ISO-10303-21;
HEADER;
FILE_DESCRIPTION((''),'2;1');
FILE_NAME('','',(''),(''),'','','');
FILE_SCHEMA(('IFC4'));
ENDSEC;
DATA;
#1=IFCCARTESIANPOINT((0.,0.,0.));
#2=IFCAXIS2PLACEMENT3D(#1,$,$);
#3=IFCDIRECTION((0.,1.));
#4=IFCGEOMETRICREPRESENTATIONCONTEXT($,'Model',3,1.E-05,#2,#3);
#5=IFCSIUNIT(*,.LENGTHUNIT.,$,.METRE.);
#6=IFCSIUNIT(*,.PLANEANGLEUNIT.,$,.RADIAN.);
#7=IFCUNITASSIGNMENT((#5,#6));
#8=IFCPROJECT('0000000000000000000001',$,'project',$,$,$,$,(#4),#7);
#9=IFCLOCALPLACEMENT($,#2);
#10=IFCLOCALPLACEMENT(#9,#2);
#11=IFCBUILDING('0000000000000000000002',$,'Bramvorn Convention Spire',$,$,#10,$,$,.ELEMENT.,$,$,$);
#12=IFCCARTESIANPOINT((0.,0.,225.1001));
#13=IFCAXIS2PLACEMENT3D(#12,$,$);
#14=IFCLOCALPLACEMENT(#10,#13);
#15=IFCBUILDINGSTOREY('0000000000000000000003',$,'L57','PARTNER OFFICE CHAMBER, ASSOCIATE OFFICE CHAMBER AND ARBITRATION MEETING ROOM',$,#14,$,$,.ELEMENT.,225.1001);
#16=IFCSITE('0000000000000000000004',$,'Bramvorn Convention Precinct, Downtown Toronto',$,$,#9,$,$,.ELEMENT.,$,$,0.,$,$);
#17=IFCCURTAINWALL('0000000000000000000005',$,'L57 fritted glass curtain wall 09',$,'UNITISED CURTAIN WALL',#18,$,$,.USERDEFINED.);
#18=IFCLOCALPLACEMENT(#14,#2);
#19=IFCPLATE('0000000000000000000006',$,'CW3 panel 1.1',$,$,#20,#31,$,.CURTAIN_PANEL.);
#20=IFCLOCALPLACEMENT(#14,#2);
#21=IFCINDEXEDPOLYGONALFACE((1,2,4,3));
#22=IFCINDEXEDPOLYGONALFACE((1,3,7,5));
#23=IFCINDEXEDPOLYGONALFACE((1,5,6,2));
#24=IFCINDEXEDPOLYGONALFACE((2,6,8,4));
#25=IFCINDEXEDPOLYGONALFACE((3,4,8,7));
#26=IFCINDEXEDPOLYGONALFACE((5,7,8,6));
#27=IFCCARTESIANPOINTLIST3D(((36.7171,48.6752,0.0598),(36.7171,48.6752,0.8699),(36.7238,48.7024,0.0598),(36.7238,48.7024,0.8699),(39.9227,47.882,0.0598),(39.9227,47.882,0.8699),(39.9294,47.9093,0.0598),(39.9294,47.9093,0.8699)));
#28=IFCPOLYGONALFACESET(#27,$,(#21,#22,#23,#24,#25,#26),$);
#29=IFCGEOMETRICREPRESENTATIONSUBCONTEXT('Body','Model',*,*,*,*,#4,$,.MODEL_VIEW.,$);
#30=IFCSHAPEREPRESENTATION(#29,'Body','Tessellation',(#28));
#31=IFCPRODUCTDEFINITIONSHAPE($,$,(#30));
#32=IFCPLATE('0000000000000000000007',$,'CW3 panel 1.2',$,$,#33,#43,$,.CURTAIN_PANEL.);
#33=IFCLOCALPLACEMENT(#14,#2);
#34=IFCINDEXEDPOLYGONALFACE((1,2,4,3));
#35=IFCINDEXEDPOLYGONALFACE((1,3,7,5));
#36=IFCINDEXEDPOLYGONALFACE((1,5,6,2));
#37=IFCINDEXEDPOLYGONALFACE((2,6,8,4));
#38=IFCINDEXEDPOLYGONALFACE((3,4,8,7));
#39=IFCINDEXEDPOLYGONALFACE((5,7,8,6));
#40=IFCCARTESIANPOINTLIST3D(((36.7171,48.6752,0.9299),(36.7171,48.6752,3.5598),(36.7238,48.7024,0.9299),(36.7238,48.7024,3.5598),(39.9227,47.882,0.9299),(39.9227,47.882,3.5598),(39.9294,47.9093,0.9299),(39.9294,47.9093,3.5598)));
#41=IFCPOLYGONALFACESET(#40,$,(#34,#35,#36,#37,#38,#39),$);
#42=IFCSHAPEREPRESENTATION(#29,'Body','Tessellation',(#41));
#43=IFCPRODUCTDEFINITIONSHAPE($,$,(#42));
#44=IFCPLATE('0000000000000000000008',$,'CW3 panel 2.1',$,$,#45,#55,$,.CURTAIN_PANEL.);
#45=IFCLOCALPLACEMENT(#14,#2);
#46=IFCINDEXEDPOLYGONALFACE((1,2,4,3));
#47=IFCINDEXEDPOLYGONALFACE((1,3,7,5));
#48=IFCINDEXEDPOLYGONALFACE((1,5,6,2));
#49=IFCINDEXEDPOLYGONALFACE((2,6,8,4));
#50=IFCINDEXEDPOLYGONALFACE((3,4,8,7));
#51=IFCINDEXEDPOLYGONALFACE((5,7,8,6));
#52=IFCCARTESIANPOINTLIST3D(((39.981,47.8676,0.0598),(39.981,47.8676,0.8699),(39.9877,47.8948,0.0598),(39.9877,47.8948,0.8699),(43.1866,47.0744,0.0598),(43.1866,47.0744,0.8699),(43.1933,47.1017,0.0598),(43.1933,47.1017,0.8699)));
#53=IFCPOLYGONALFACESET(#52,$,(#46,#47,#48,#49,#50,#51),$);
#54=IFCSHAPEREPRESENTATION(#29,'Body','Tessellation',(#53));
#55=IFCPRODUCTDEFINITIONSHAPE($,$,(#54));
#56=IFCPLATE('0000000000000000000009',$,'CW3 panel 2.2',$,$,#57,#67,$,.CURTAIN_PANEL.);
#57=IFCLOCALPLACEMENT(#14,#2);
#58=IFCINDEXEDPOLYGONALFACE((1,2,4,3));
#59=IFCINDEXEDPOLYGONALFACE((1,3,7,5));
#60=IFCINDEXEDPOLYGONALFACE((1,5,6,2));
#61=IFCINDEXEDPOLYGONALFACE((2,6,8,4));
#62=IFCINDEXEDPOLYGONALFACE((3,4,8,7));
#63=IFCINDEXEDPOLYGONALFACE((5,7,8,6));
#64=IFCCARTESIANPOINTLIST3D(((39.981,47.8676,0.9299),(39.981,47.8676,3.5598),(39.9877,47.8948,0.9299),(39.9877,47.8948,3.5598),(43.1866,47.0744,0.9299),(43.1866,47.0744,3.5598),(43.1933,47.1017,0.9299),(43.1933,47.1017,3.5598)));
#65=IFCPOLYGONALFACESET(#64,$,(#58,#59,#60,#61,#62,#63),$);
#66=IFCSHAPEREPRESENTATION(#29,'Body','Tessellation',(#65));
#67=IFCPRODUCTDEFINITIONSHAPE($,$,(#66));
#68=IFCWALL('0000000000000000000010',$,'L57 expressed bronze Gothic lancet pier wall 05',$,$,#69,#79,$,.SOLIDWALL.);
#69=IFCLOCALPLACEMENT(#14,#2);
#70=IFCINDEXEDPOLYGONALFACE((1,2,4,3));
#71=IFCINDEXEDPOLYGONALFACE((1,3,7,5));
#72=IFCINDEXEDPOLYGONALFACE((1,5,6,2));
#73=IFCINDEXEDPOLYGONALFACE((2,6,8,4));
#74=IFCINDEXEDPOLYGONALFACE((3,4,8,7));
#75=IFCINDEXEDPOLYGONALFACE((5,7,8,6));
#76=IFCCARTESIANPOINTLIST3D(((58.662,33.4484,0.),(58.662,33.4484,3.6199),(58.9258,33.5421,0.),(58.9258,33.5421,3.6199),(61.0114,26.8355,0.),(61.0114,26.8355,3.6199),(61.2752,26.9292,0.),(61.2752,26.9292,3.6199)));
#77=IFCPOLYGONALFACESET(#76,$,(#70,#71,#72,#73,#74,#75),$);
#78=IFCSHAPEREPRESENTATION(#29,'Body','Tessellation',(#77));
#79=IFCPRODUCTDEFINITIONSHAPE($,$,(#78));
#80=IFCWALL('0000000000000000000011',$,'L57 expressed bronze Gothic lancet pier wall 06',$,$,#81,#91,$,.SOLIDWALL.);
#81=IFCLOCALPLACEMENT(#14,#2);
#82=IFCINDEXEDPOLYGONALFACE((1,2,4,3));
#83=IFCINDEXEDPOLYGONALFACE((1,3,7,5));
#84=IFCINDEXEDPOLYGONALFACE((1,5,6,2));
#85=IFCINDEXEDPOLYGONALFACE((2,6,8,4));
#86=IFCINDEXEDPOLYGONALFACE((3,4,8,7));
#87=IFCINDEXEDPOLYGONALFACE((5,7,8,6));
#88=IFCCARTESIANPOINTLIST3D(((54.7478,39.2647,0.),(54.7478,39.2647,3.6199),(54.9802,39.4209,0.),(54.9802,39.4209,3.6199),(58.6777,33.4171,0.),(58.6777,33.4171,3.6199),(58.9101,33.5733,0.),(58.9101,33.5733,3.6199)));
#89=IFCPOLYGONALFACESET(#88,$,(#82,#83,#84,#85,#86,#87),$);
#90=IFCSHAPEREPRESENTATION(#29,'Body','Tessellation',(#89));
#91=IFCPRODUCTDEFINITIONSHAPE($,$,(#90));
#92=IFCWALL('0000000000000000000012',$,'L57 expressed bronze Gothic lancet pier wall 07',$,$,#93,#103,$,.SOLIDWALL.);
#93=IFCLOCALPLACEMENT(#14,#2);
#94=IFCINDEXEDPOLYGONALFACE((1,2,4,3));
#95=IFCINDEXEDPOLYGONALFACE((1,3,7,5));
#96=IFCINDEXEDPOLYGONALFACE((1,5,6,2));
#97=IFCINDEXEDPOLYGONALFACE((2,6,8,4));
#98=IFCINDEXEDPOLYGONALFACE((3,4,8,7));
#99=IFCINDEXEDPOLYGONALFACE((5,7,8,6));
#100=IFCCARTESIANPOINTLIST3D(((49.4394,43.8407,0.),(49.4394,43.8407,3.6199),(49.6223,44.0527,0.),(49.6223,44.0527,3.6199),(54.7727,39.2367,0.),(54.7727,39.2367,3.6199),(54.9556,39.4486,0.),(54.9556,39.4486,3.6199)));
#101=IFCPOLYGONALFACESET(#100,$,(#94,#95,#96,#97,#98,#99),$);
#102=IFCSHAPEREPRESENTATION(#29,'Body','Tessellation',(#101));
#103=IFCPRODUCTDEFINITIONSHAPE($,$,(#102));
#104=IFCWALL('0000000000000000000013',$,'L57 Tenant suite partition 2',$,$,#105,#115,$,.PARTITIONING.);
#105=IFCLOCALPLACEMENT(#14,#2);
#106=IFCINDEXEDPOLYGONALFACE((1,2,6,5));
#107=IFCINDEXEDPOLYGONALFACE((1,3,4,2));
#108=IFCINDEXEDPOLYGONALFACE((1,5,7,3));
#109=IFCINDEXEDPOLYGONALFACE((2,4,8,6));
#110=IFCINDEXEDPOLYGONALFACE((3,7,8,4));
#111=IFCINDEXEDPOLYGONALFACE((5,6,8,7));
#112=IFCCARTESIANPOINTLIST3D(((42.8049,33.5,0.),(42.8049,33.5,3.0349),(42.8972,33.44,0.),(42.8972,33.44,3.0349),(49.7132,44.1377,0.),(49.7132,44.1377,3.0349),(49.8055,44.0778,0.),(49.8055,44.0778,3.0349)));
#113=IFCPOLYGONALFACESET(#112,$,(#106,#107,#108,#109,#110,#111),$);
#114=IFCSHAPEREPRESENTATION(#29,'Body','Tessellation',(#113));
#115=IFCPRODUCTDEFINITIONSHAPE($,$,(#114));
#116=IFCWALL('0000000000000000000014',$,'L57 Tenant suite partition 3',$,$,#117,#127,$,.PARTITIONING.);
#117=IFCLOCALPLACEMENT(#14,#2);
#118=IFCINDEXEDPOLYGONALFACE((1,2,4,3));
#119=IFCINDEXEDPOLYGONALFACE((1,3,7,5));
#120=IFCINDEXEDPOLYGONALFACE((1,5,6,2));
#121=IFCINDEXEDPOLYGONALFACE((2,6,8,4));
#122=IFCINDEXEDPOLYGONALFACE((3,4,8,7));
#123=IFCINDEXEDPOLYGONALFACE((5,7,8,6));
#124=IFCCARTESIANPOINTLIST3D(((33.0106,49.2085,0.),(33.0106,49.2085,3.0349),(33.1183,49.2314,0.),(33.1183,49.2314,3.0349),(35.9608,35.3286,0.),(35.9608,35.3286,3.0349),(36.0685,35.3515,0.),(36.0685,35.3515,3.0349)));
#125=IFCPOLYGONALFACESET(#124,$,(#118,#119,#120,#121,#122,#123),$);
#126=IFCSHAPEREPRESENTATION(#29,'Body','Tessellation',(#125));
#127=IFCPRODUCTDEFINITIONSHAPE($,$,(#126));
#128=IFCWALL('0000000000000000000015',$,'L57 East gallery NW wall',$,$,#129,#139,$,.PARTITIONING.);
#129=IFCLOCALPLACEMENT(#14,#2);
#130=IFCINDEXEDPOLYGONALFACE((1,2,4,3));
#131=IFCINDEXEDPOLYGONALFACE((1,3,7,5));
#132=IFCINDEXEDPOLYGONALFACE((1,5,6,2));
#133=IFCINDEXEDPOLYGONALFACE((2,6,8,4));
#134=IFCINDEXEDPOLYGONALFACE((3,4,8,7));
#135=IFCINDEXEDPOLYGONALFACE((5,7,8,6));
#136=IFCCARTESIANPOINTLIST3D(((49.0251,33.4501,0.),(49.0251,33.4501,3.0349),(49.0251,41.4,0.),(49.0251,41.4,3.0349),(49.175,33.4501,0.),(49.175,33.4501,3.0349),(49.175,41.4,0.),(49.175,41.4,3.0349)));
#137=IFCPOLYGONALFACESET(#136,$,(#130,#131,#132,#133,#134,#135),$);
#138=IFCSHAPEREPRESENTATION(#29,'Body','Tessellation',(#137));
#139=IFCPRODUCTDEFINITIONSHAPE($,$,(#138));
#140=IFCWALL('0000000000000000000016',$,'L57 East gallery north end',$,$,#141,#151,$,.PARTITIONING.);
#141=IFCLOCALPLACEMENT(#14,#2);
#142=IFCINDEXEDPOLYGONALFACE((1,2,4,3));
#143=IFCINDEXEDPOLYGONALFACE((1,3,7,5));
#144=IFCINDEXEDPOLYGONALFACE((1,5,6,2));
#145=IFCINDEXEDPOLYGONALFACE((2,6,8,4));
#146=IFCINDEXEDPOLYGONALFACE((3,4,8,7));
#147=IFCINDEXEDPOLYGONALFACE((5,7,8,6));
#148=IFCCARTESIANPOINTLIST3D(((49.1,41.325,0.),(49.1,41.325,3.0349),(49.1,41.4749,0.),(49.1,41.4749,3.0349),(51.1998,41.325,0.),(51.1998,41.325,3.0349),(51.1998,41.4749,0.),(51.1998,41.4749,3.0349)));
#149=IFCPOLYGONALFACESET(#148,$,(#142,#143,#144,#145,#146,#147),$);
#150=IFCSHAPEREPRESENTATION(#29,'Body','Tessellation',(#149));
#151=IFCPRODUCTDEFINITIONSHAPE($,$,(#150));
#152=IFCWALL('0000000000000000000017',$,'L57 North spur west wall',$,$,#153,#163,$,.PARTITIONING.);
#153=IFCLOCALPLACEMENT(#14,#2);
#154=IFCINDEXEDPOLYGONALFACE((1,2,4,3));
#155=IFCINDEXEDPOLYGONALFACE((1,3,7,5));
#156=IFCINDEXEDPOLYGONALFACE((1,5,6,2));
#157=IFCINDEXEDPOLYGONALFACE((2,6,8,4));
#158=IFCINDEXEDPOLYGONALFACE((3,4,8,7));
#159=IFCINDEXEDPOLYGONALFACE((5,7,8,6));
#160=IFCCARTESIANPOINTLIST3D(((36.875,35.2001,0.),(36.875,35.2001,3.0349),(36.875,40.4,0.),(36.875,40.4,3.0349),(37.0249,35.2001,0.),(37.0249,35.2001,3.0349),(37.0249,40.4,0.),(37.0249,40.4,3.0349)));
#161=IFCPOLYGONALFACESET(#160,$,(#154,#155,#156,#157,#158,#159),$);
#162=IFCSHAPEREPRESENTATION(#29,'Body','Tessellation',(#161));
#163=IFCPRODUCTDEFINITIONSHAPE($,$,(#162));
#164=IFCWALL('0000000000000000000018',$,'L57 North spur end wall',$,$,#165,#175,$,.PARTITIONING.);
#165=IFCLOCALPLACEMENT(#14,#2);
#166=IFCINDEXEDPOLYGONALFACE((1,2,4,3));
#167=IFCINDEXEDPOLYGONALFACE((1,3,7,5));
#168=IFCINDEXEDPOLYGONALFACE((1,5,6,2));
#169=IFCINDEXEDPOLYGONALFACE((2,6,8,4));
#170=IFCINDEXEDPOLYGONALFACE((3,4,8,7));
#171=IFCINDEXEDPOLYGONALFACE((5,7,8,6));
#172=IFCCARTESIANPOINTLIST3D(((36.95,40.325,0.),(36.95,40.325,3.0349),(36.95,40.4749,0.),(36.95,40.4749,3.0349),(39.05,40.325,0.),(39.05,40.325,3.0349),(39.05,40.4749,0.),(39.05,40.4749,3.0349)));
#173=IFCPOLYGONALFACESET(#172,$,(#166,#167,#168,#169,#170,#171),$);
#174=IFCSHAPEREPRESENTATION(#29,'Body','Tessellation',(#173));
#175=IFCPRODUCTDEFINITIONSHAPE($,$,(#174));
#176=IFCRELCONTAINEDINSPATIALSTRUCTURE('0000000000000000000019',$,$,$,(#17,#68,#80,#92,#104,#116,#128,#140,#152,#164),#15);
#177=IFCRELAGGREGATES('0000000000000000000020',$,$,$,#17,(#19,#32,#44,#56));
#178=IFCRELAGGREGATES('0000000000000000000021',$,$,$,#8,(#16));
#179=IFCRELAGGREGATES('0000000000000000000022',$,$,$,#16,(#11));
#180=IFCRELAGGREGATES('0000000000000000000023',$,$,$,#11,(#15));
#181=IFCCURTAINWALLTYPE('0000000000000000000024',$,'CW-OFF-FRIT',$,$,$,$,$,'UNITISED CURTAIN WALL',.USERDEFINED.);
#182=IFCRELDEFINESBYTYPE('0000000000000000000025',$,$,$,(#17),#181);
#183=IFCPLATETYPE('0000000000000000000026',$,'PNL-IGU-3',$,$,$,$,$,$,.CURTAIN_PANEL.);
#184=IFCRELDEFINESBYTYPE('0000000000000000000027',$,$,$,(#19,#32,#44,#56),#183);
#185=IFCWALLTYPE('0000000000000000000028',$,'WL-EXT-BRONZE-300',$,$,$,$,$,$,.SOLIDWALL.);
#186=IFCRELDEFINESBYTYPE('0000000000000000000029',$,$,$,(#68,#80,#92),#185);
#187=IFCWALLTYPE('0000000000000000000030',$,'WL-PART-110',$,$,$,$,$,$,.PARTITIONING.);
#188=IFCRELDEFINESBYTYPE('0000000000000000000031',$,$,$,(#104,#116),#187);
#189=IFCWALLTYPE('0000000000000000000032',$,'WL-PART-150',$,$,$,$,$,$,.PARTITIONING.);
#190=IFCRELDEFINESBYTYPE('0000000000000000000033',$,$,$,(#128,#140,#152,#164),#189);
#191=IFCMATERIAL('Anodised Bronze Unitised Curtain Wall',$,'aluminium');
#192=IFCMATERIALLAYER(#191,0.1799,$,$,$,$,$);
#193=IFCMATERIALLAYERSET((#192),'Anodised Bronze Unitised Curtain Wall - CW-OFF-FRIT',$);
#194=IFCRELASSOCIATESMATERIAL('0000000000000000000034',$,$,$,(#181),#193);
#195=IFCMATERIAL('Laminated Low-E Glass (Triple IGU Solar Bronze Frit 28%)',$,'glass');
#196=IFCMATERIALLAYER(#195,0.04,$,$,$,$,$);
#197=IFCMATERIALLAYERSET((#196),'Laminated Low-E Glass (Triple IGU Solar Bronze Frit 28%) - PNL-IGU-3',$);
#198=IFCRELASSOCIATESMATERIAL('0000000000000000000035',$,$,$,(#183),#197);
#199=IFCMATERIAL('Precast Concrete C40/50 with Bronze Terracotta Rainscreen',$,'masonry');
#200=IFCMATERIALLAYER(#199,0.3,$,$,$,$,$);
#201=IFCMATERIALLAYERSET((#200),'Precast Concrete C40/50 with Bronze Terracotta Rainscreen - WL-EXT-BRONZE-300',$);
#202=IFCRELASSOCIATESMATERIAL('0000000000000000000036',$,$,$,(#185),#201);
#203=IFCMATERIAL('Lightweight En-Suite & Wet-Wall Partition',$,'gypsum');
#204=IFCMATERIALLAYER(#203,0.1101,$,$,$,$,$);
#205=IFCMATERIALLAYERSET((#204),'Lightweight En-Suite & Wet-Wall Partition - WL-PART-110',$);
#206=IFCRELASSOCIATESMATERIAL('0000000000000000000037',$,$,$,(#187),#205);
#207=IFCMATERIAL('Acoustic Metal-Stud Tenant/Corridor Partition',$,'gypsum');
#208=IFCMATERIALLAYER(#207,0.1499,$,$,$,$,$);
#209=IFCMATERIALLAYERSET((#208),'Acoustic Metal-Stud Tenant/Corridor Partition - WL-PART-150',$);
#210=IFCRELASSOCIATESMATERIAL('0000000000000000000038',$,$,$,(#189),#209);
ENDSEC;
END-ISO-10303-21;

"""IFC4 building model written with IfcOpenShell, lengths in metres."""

from ifc_helpers import new_model, si_unit, direction, frame, frame_2d, origin, origin_2d, place, context, subcontext, project, spatial, rectangle, extrude, material, layer, layer_set, type_object, element, aggregate, save


model = new_model("IFC4")

# Units and contexts
model_context = context("Model", 3, precision=1e-05, world=origin(), true_north=direction((0.0, 1.0)))
body_context = subcontext(model_context, "Body", "Model", "MODEL_VIEW")
ifc_project = project(units=[si_unit("LENGTHUNIT", "METRE"), si_unit("PLANEANGLEUNIT", "RADIAN")], contexts=[model_context])

# Site, building, storey
site_placement = place(None, origin())
site = spatial("IfcSite", under=ifc_project, at=site_placement, Name="Bramvorn Convention Precinct, Downtown Toronto", CompositionType="ELEMENT", RefElevation=0.0)
building_placement = place(site_placement, origin())
building = spatial("IfcBuilding", under=site, at=building_placement, Name="Bramvorn Convention Spire", CompositionType="ELEMENT")
storey_placement = place(building_placement, frame((0.0, 0.0, 225.1001)))
storey = spatial("IfcBuildingStorey", under=building, at=storey_placement, Name="L57", Description="PARTNER OFFICE CHAMBER, ASSOCIATE OFFICE CHAMBER AND ARBITRATION MEETING ROOM", CompositionType="ELEMENT", Elevation=225.1001)

# Curtain wall
ifc_material_1 = material(Name="Anodised Bronze Unitised Curtain Wall", Category="aluminium")
ifc_layer_1 = layer(ifc_material_1, 0.1799)
ifc_layer_set_1 = layer_set([ifc_layer_1], Name="Anodised Bronze Unitised Curtain Wall - CW-OFF-FRIT")
curtain_wall_type = type_object("IfcCurtainWallType", Name="CW-OFF-FRIT", ElementType="UNITISED CURTAIN WALL", PredefinedType="USERDEFINED", material=ifc_layer_set_1)
curtain_wall_1_placement = place(storey_placement, origin())
curtain_wall_1 = element("IfcCurtainWall", 1, at=curtain_wall_1_placement, inside=storey, type_object=curtain_wall_type, Name="L57 fritted glass curtain wall 09", ObjectType="UNITISED CURTAIN WALL", PredefinedType="USERDEFINED")

# Plates
ifc_material_2 = material(Name="Laminated Low-E Glass (Triple IGU Solar Bronze Frit 28%)", Category="glass")
ifc_layer_2 = layer(ifc_material_2, 0.04)
ifc_layer_set_2 = layer_set([ifc_layer_2], Name="Laminated Low-E Glass (Triple IGU Solar Bronze Frit 28%) - PNL-IGU-3")
plate_type = type_object("IfcPlateType", Name="PNL-IGU-3", PredefinedType="CURTAIN_PANEL", material=ifc_layer_set_2)
plate_1_placement = place(storey_placement, frame((38.3232, 48.2922, 0.0598), z_axis=(0.0, 0.0, 1.0), x_axis=(0.970728, -0.24018, 0.0)))
plate_1 = element("IfcPlate", 2, at=plate_1_placement, type_object=plate_type, Name="CW3 panel 1.1", PredefinedType="CURTAIN_PANEL", context=body_context, shape_type="SweptSolid", body=[
    extrude(rectangle(XDim=3.3022, YDim=0.0281, at=origin_2d()), origin(), (0.0, 0.0, 1.0), 0.8101),
])
plate_2_placement = place(storey_placement, frame((38.3232, 48.2922, 0.9299), z_axis=(0.0, 0.0, 1.0), x_axis=(0.970728, -0.24018, 0.0)))
plate_2 = element("IfcPlate", 3, at=plate_2_placement, type_object=plate_type, Name="CW3 panel 1.2", PredefinedType="CURTAIN_PANEL", context=body_context, shape_type="SweptSolid", body=[
    extrude(rectangle(XDim=3.3022, YDim=0.0281, at=origin_2d()), origin(), (0.0, 0.0, 1.0), 2.6299),
])
plate_3_placement = place(storey_placement, frame((41.5872, 47.4846, 0.0598), z_axis=(0.0, 0.0, 1.0), x_axis=(0.970728, -0.24018, 0.0)))
plate_3 = element("IfcPlate", 4, at=plate_3_placement, type_object=plate_type, Name="CW3 panel 2.1", PredefinedType="CURTAIN_PANEL", context=body_context, shape_type="SweptSolid", body=[
    extrude(rectangle(XDim=3.3022, YDim=0.0281, at=origin_2d()), origin(), (0.0, 0.0, 1.0), 0.8101),
])
plate_4_placement = place(storey_placement, frame((41.5872, 47.4846, 0.9299), z_axis=(0.0, 0.0, 1.0), x_axis=(0.970728, -0.24018, 0.0)))
plate_4 = element("IfcPlate", 5, at=plate_4_placement, type_object=plate_type, Name="CW3 panel 2.2", PredefinedType="CURTAIN_PANEL", context=body_context, shape_type="SweptSolid", body=[
    extrude(rectangle(XDim=3.3022, YDim=0.0281, at=origin_2d()), origin(), (0.0, 0.0, 1.0), 2.6299),
])
aggregate(curtain_wall_1, [plate_1, plate_2, plate_3, plate_4])

# Walls
ifc_material_3 = material(Name="Precast Concrete C40/50 with Bronze Terracotta Rainscreen", Category="masonry")
ifc_layer_3 = layer(ifc_material_3, 0.3)
ifc_layer_set_3 = layer_set([ifc_layer_3], Name="Precast Concrete C40/50 with Bronze Terracotta Rainscreen - WL-EXT-BRONZE-300")
wall_type_1 = type_object("IfcWallType", Name="WL-EXT-BRONZE-300", PredefinedType="SOLIDWALL", material=ifc_layer_set_3)
wall_1_placement = place(storey_placement, frame((58.7939, 33.4951, 0.0), z_axis=(0.0, 0.0, 1.0), x_axis=(0.334776, -0.942298, 0.0)))
element("IfcWall", 6, at=wall_1_placement, inside=storey, type_object=wall_type_1, Name="L57 expressed bronze Gothic lancet pier wall 05", PredefinedType="SOLIDWALL", context=body_context, shape_type="SweptSolid", body=[
    extrude(rectangle(XDim=7.0178, YDim=0.28, at=frame_2d((3.5088, 0.0))), origin(), (0.0, 0.0, 1.0), 3.6199),
])
wall_2_placement = place(storey_placement, frame((54.864, 39.3428, 0.0), z_axis=(0.0, 0.0, 1.0), x_axis=(0.557791, -0.829981, 0.0)))
element("IfcWall", 7, at=wall_2_placement, inside=storey, type_object=wall_type_1, Name="L57 expressed bronze Gothic lancet pier wall 06", PredefinedType="SOLIDWALL", context=body_context, shape_type="SweptSolid", body=[
    extrude(rectangle(XDim=7.0454, YDim=0.28, at=frame_2d((3.5227, 0.0))), origin(), (0.0, 0.0, 1.0), 3.6199),
])
wall_3_placement = place(storey_placement, frame((49.5308, 43.9468, 0.0), z_axis=(0.0, 0.0, 1.0), x_axis=(0.756962, -0.653458, 0.0)))
element("IfcWall", 8, at=wall_3_placement, inside=storey, type_object=wall_type_1, Name="L57 expressed bronze Gothic lancet pier wall 07", PredefinedType="SOLIDWALL", context=body_context, shape_type="SweptSolid", body=[
    extrude(rectangle(XDim=7.0457, YDim=0.28, at=frame_2d((3.5229, 0.0))), origin(), (0.0, 0.0, 1.0), 3.6199),
])
ifc_material_4 = material(Name="Lightweight En-Suite & Wet-Wall Partition", Category="gypsum")
ifc_layer_4 = layer(ifc_material_4, 0.1101)
ifc_layer_set_4 = layer_set([ifc_layer_4], Name="Lightweight En-Suite & Wet-Wall Partition - WL-PART-110")
wall_type_2 = type_object("IfcWallType", Name="WL-PART-110", PredefinedType="PARTITIONING", material=ifc_layer_set_4)
wall_4_placement = place(storey_placement, frame((42.8511, 33.47, 0.0), z_axis=(0.0, 0.0, 1.0), x_axis=(0.544639, 0.83867, 0.0)))
element("IfcWall", 9, at=wall_4_placement, inside=storey, type_object=wall_type_2, Name="L57 Tenant suite partition 2", PredefinedType="PARTITIONING", context=body_context, shape_type="SweptSolid", body=[
    extrude(rectangle(XDim=12.6841, YDim=0.1101, at=frame_2d((6.342, 0.0))), origin(), (0.0, 0.0, 1.0), 3.0349),
])
wall_5_placement = place(storey_placement, frame((36.0146, 35.3401, 0.0), z_axis=(0.0, 0.0, 1.0), x_axis=(-0.207907, 0.978149, 0.0)))
element("IfcWall", 10, at=wall_5_placement, inside=storey, type_object=wall_type_2, Name="L57 Tenant suite partition 3", PredefinedType="PARTITIONING", context=body_context, shape_type="SweptSolid", body=[
    extrude(rectangle(XDim=14.1899, YDim=0.1101, at=frame_2d((7.095, 0.0))), origin(), (0.0, 0.0, 1.0), 3.0349),
])
ifc_material_5 = material(Name="Acoustic Metal-Stud Tenant/Corridor Partition", Category="gypsum")
ifc_layer_5 = layer(ifc_material_5, 0.1499)
ifc_layer_set_5 = layer_set([ifc_layer_5], Name="Acoustic Metal-Stud Tenant/Corridor Partition - WL-PART-150")
wall_type_3 = type_object("IfcWallType", Name="WL-PART-150", PredefinedType="PARTITIONING", material=ifc_layer_set_5)
wall_6_placement = place(storey_placement, frame((49.1001, 33.45, 0.0), z_axis=(0.0, 0.0, 1.0), x_axis=(0.0, 1.0, 0.0)))
element("IfcWall", 11, at=wall_6_placement, inside=storey, type_object=wall_type_3, Name="L57 East gallery NW wall", PredefinedType="PARTITIONING", context=body_context, shape_type="SweptSolid", body=[
    extrude(rectangle(XDim=7.95, YDim=0.1499, at=frame_2d((3.9751, 0.0))), origin(), (0.0, 0.0, 1.0), 3.0349),
])
wall_7_placement = place(storey_placement, frame((49.1001, 41.3999, 0.0), z_axis=(0.0, 0.0, 1.0), x_axis=(1.0, 0.0, 0.0)))
element("IfcWall", 12, at=wall_7_placement, inside=storey, type_object=wall_type_3, Name="L57 East gallery north end", PredefinedType="PARTITIONING", context=body_context, shape_type="SweptSolid", body=[
    extrude(rectangle(XDim=2.0999, YDim=0.1499, at=frame_2d((1.0498, 0.0))), origin(), (0.0, 0.0, 1.0), 3.0349),
])
wall_8_placement = place(storey_placement, frame((36.95, 35.2, 0.0), z_axis=(0.0, 0.0, 1.0), x_axis=(0.0, 1.0, 0.0)))
element("IfcWall", 13, at=wall_8_placement, inside=storey, type_object=wall_type_3, Name="L57 North spur west wall", PredefinedType="PARTITIONING", context=body_context, shape_type="SweptSolid", body=[
    extrude(rectangle(XDim=5.2, YDim=0.1499, at=frame_2d((2.6001, 0.0))), origin(), (0.0, 0.0, 1.0), 3.0349),
])
wall_9_placement = place(storey_placement, frame((36.95, 40.3999, 0.0), z_axis=(0.0, 0.0, 1.0), x_axis=(1.0, 0.0, 0.0)))
element("IfcWall", 14, at=wall_9_placement, inside=storey, type_object=wall_type_3, Name="L57 North spur end wall", PredefinedType="PARTITIONING", context=body_context, shape_type="SweptSolid", body=[
    extrude(rectangle(XDim=2.1001, YDim=0.1499, at=frame_2d((1.05, 0.0))), origin(), (0.0, 0.0, 1.0), 3.0349),
])

save(model, "model.ifc")
